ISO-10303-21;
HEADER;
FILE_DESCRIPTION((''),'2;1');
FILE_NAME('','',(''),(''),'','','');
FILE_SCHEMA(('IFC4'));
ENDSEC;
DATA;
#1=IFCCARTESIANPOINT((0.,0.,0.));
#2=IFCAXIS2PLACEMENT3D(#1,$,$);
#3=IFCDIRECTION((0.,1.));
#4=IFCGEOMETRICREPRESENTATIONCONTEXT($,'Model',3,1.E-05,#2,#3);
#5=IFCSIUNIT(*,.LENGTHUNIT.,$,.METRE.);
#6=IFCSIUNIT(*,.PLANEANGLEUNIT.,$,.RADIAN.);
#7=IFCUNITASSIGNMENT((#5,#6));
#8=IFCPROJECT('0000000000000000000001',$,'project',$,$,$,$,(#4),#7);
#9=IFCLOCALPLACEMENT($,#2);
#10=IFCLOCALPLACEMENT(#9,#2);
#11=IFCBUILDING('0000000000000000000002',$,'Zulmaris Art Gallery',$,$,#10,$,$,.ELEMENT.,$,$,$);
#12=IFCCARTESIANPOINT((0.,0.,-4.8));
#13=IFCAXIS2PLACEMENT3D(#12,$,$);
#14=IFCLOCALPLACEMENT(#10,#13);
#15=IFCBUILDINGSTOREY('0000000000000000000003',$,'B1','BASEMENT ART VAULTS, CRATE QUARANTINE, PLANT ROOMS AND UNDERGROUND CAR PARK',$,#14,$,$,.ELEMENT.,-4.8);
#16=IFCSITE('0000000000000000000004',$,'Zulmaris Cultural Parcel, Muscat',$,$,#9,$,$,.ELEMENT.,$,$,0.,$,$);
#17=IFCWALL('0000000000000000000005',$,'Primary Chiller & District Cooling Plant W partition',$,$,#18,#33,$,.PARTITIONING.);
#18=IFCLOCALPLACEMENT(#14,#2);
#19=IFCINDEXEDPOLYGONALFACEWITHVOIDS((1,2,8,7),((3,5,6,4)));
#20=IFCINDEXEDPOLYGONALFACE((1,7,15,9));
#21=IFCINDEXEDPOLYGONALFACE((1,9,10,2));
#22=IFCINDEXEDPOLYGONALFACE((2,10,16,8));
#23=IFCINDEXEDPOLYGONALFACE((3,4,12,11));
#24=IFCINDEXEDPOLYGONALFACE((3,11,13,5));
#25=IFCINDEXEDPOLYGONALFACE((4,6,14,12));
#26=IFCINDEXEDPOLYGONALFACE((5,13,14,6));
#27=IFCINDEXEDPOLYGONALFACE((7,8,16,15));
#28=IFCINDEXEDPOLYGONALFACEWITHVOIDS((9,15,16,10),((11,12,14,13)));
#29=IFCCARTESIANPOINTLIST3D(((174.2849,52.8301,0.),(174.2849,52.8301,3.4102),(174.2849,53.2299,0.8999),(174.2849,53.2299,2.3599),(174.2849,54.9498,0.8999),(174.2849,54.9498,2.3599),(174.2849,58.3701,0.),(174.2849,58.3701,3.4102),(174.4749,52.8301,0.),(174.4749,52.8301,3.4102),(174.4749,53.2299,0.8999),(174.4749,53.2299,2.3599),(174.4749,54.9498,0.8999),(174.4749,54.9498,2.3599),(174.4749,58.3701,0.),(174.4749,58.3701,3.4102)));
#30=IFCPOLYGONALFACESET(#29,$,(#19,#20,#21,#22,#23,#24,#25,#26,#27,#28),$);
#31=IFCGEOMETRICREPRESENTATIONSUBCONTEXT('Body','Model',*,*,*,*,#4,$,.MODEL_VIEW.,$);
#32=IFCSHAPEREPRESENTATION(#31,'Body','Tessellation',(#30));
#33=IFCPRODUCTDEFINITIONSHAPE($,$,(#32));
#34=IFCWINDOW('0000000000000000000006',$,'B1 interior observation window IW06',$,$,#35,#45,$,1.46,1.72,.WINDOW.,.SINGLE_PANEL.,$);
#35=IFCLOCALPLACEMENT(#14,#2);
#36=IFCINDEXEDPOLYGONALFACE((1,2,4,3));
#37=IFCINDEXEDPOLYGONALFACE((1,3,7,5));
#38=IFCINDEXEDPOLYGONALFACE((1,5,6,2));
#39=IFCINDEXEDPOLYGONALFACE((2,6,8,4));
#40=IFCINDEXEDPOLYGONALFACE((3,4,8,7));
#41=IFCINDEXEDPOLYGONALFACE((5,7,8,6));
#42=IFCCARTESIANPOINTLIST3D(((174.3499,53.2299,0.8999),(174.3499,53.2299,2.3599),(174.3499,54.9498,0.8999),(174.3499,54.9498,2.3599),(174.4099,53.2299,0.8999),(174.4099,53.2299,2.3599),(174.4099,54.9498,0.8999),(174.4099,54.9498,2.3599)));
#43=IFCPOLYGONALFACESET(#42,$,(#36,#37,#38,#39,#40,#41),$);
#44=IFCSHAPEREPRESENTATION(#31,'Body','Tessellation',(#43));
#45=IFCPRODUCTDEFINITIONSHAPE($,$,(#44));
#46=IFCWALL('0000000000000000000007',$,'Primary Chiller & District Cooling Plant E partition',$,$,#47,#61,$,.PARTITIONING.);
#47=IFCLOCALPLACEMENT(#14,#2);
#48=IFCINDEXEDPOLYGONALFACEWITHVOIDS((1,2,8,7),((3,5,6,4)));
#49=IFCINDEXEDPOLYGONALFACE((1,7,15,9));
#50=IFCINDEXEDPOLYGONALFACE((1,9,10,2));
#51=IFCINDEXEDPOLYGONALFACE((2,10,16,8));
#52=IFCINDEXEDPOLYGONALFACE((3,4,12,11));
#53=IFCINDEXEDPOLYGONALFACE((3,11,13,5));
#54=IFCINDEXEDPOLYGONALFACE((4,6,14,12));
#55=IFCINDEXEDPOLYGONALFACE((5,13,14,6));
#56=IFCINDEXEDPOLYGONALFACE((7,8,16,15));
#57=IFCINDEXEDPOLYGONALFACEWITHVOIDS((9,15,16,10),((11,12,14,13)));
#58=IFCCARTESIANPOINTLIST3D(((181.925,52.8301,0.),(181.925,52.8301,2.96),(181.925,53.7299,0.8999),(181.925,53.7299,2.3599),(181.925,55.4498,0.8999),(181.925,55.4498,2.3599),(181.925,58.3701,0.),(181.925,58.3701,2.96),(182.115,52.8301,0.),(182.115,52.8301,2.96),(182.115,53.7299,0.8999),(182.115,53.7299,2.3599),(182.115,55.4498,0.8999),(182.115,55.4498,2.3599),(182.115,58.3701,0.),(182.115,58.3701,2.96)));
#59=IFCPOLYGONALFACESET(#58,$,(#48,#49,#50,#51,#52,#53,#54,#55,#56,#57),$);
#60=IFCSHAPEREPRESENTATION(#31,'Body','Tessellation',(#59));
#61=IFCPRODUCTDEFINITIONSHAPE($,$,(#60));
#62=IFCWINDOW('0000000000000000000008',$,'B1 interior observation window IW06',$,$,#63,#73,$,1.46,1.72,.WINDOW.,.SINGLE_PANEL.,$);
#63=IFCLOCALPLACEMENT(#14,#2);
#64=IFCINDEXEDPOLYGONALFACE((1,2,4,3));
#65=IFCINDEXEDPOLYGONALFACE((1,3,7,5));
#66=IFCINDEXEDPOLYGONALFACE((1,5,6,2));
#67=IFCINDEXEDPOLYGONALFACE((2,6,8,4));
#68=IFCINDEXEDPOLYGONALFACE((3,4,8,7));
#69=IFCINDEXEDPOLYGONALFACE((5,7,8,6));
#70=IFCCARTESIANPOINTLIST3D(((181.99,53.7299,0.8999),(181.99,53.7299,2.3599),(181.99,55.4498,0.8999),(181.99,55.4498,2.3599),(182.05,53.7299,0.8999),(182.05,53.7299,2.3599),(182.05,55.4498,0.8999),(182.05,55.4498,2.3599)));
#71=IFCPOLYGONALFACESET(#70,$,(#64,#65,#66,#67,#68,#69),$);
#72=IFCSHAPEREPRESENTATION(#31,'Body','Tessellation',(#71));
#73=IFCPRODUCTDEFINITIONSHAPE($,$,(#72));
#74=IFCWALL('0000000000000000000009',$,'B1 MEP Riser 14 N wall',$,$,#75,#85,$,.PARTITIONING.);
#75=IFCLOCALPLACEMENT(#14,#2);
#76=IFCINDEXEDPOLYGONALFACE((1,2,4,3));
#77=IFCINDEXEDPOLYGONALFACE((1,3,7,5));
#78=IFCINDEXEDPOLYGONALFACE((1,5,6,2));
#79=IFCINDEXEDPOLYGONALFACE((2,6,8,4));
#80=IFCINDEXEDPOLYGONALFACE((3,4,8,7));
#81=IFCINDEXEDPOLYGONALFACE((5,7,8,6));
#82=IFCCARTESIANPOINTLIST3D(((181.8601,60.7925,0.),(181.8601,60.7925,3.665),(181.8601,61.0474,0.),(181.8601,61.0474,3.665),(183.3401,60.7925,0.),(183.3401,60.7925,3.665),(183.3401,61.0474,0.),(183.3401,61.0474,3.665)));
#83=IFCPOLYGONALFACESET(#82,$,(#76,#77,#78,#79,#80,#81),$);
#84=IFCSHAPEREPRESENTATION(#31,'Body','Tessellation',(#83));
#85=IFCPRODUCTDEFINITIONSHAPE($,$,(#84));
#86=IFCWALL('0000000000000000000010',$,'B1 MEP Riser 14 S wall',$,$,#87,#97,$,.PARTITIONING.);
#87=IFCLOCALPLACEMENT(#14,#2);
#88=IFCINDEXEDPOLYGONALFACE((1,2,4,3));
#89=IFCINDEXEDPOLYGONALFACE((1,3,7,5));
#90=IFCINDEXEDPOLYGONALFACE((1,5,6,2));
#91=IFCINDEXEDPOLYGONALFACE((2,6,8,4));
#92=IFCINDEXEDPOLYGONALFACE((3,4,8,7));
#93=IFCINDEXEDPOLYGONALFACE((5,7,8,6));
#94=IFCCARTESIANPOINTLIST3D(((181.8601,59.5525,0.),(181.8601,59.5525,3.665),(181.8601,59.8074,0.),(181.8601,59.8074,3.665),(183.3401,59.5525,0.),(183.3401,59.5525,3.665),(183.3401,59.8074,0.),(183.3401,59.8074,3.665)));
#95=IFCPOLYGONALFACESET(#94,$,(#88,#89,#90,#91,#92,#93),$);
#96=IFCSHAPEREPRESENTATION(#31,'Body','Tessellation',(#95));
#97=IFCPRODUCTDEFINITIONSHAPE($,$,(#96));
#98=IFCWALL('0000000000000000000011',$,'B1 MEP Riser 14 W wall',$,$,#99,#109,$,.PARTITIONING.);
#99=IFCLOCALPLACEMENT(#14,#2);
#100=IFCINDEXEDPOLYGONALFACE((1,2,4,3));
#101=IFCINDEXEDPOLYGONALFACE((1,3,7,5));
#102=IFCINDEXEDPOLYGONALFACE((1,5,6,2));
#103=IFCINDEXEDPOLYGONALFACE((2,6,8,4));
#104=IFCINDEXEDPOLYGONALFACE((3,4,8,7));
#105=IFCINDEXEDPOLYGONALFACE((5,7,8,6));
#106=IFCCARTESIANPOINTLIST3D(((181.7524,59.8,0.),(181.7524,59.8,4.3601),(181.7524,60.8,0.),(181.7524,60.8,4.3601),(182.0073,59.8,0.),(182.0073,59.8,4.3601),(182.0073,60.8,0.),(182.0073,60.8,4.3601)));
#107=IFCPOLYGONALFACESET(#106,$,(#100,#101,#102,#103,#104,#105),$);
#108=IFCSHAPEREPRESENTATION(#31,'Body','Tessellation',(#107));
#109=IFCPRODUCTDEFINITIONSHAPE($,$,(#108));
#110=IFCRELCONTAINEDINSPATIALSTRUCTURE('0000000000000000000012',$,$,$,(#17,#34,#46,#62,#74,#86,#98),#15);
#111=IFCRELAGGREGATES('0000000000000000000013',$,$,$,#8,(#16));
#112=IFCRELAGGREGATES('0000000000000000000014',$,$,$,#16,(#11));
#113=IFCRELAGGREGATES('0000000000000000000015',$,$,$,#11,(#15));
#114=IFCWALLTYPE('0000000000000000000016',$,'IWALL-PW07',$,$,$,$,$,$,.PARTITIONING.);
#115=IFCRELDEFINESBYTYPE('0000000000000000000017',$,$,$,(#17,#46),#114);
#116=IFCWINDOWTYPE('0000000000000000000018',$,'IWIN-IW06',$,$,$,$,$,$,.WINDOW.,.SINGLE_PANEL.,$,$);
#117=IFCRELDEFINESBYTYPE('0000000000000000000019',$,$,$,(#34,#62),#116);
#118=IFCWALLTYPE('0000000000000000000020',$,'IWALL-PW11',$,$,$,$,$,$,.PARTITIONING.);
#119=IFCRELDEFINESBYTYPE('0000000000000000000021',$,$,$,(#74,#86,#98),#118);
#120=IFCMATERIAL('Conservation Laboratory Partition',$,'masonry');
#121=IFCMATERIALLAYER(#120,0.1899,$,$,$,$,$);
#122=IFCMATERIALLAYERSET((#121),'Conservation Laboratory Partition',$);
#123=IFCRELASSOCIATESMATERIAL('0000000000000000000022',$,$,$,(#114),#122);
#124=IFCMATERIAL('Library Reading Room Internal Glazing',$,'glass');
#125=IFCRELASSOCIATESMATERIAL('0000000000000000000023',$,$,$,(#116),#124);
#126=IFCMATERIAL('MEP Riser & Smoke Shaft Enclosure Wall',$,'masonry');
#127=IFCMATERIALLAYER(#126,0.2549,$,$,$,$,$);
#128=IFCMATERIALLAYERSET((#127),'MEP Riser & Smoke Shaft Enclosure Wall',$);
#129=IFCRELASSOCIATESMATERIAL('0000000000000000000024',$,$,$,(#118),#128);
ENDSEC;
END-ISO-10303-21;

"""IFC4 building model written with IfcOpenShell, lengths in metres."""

from ifc_helpers import new_model, si_unit, direction, frame, frame_2d, origin, place, context, subcontext, project, spatial, rectangle, extrude, material, layer, layer_set, type_object, element, fill, save


model = new_model("IFC4")

# Units and contexts
model_context = context("Model", 3, precision=1e-05, world=origin(), true_north=direction((0.0, 1.0)))
body_context = subcontext(model_context, "Body", "Model", "MODEL_VIEW")
ifc_project = project(units=[si_unit("LENGTHUNIT", "METRE"), si_unit("PLANEANGLEUNIT", "RADIAN")], contexts=[model_context])

# Site, building, storey
site_placement = place(None, origin())
site = spatial("IfcSite", under=ifc_project, at=site_placement, Name="Zulmaris Cultural Parcel, Muscat", CompositionType="ELEMENT", RefElevation=0.0)
building_placement = place(site_placement, origin())
building = spatial("IfcBuilding", under=site, at=building_placement, Name="Zulmaris Art Gallery", CompositionType="ELEMENT")
storey_placement = place(building_placement, frame((0.0, 0.0, -4.8)))
storey = spatial("IfcBuildingStorey", under=building, at=storey_placement, Name="B1", Description="BASEMENT ART VAULTS, CRATE QUARANTINE, PLANT ROOMS AND UNDERGROUND CAR PARK", CompositionType="ELEMENT", Elevation=-4.8)

# Shared definitions
ifc_material_1 = material(Name="Conservation Laboratory Partition", Category="masonry")
ifc_layer_1 = layer(ifc_material_1, 0.1899)
ifc_layer_set_1 = layer_set([ifc_layer_1], Name="Conservation Laboratory Partition")
wall_type_1 = type_object("IfcWallType", Name="IWALL-PW07", PredefinedType="PARTITIONING", material=ifc_layer_set_1)

# Walls, openings, windows
ifc_material_2 = material(Name="Library Reading Room Internal Glazing", Category="glass")
window_type_1 = type_object("IfcWindowType", Name="IWIN-IW06", PartitioningType="SINGLE_PANEL", PredefinedType="WINDOW", material=ifc_material_2)
wall_1_placement = place(storey_placement, frame((174.3799, 52.8301, 0.0), z_axis=(0.0, 0.0, 1.0), x_axis=(0.0, 1.0, 0.0)))
wall_1 = element("IfcWall", 1, at=wall_1_placement, inside=storey, type_object=wall_type_1, Name="Primary Chiller & District Cooling Plant W partition", PredefinedType="PARTITIONING", context=body_context, shape_type="SweptSolid", body=[
    extrude(rectangle(XDim=5.54, YDim=0.1899, at=frame_2d((2.77, 0.0))), origin(), (0.0, 0.0, 1.0), 3.4102),
])
opening_1_placement = place(wall_1_placement, frame((0.3999, 0.0, 0.8999)))
opening_1 = element("IfcOpeningElement", 2, at=opening_1_placement, cuts=wall_1, PredefinedType="OPENING", context=body_context, shape_type="SweptSolid", body=[
    extrude(rectangle(XDim=1.72, YDim=1.46, at=frame_2d((0.8599, 0.73))), frame((0.0, 0.105, 0.0), z_axis=(0.0, -1.0, 0.0), x_axis=(1.0, 0.0, 0.0)), (0.0, 0.0, 1.0), 0.21),
])
window_1_placement = place(opening_1_placement, origin())
window_1 = element("IfcWindow", 3, at=window_1_placement, inside=storey, type_object=window_type_1, Name="B1 interior observation window IW06", OverallHeight=1.46, OverallWidth=1.72, PartitioningType="SINGLE_PANEL", PredefinedType="WINDOW", context=body_context, shape_type="SweptSolid", body=[
    extrude(rectangle(XDim=1.72, YDim=1.46, at=frame_2d((0.8599, 0.73))), frame((0.0, 0.03, 0.0), z_axis=(0.0, -1.0, 0.0), x_axis=(1.0, 0.0, 0.0)), (0.0, 0.0, 1.0), 0.0601),
])
fill(opening_1, window_1)
wall_2_placement = place(storey_placement, frame((182.02, 52.8301, 0.0), z_axis=(0.0, 0.0, 1.0), x_axis=(0.0, 1.0, 0.0)))
wall_2 = element("IfcWall", 4, at=wall_2_placement, inside=storey, type_object=wall_type_1, Name="Primary Chiller & District Cooling Plant E partition", PredefinedType="PARTITIONING", context=body_context, shape_type="SweptSolid", body=[
    extrude(rectangle(XDim=5.54, YDim=0.1899, at=frame_2d((2.77, 0.0))), origin(), (0.0, 0.0, 1.0), 2.96),
])
opening_2_placement = place(wall_2_placement, frame((0.8999, 0.0, 0.8999)))
opening_2 = element("IfcOpeningElement", 5, at=opening_2_placement, cuts=wall_2, PredefinedType="OPENING", context=body_context, shape_type="SweptSolid", body=[
    extrude(rectangle(XDim=1.72, YDim=1.46, at=frame_2d((0.8599, 0.73))), frame((0.0, 0.105, 0.0), z_axis=(0.0, -1.0, 0.0), x_axis=(1.0, 0.0, 0.0)), (0.0, 0.0, 1.0), 0.21),
])
window_2_placement = place(opening_2_placement, origin())
window_2 = element("IfcWindow", 6, at=window_2_placement, inside=storey, type_object=window_type_1, Name="B1 interior observation window IW06", OverallHeight=1.46, OverallWidth=1.72, PartitioningType="SINGLE_PANEL", PredefinedType="WINDOW", context=body_context, shape_type="SweptSolid", body=[
    extrude(rectangle(XDim=1.72, YDim=1.46, at=frame_2d((0.8599, 0.73))), frame((0.0, 0.03, 0.0), z_axis=(0.0, -1.0, 0.0), x_axis=(1.0, 0.0, 0.0)), (0.0, 0.0, 1.0), 0.0601),
])
fill(opening_2, window_2)

# Walls
ifc_material_3 = material(Name="MEP Riser & Smoke Shaft Enclosure Wall", Category="masonry")
ifc_layer_2 = layer(ifc_material_3, 0.2549)
ifc_layer_set_2 = layer_set([ifc_layer_2], Name="MEP Riser & Smoke Shaft Enclosure Wall")
wall_type_2 = type_object("IfcWallType", Name="IWALL-PW11", PredefinedType="PARTITIONING", material=ifc_layer_set_2)
for number, where, z_axis, x_axis, name in (
    (7, (181.8601, 60.9199, 0.0), (0.0, 0.0, 1.0), (1.0, 0.0, 0.0), "B1 MEP Riser 14 N wall"),
    (8, (181.8601, 59.6799, 0.0), (0.0, 0.0, 1.0), (1.0, 0.0, 0.0), "B1 MEP Riser 14 S wall"),
):
    element("IfcWall", number, at=place(storey_placement, frame(where, z_axis=z_axis, x_axis=x_axis)), inside=storey, type_object=wall_type_2, Name=name, PredefinedType="PARTITIONING", context=body_context, shape_type="SweptSolid", body=[
        extrude(rectangle(XDim=1.48, YDim=0.2549, at=frame_2d((0.74, 0.0))), origin(), (0.0, 0.0, 1.0), 3.665),
    ])
wall_3_placement = place(storey_placement, frame((181.8799, 59.8, 0.0), z_axis=(0.0, 0.0, 1.0), x_axis=(0.0, 1.0, 0.0)))
element("IfcWall", 9, at=wall_3_placement, inside=storey, type_object=wall_type_2, Name="B1 MEP Riser 14 W wall", PredefinedType="PARTITIONING", context=body_context, shape_type="SweptSolid", body=[
    extrude(rectangle(XDim=1.0, YDim=0.2549, at=frame_2d((0.5, 0.0))), origin(), (0.0, 0.0, 1.0), 4.3601),
])

save(model, "model.ifc")
